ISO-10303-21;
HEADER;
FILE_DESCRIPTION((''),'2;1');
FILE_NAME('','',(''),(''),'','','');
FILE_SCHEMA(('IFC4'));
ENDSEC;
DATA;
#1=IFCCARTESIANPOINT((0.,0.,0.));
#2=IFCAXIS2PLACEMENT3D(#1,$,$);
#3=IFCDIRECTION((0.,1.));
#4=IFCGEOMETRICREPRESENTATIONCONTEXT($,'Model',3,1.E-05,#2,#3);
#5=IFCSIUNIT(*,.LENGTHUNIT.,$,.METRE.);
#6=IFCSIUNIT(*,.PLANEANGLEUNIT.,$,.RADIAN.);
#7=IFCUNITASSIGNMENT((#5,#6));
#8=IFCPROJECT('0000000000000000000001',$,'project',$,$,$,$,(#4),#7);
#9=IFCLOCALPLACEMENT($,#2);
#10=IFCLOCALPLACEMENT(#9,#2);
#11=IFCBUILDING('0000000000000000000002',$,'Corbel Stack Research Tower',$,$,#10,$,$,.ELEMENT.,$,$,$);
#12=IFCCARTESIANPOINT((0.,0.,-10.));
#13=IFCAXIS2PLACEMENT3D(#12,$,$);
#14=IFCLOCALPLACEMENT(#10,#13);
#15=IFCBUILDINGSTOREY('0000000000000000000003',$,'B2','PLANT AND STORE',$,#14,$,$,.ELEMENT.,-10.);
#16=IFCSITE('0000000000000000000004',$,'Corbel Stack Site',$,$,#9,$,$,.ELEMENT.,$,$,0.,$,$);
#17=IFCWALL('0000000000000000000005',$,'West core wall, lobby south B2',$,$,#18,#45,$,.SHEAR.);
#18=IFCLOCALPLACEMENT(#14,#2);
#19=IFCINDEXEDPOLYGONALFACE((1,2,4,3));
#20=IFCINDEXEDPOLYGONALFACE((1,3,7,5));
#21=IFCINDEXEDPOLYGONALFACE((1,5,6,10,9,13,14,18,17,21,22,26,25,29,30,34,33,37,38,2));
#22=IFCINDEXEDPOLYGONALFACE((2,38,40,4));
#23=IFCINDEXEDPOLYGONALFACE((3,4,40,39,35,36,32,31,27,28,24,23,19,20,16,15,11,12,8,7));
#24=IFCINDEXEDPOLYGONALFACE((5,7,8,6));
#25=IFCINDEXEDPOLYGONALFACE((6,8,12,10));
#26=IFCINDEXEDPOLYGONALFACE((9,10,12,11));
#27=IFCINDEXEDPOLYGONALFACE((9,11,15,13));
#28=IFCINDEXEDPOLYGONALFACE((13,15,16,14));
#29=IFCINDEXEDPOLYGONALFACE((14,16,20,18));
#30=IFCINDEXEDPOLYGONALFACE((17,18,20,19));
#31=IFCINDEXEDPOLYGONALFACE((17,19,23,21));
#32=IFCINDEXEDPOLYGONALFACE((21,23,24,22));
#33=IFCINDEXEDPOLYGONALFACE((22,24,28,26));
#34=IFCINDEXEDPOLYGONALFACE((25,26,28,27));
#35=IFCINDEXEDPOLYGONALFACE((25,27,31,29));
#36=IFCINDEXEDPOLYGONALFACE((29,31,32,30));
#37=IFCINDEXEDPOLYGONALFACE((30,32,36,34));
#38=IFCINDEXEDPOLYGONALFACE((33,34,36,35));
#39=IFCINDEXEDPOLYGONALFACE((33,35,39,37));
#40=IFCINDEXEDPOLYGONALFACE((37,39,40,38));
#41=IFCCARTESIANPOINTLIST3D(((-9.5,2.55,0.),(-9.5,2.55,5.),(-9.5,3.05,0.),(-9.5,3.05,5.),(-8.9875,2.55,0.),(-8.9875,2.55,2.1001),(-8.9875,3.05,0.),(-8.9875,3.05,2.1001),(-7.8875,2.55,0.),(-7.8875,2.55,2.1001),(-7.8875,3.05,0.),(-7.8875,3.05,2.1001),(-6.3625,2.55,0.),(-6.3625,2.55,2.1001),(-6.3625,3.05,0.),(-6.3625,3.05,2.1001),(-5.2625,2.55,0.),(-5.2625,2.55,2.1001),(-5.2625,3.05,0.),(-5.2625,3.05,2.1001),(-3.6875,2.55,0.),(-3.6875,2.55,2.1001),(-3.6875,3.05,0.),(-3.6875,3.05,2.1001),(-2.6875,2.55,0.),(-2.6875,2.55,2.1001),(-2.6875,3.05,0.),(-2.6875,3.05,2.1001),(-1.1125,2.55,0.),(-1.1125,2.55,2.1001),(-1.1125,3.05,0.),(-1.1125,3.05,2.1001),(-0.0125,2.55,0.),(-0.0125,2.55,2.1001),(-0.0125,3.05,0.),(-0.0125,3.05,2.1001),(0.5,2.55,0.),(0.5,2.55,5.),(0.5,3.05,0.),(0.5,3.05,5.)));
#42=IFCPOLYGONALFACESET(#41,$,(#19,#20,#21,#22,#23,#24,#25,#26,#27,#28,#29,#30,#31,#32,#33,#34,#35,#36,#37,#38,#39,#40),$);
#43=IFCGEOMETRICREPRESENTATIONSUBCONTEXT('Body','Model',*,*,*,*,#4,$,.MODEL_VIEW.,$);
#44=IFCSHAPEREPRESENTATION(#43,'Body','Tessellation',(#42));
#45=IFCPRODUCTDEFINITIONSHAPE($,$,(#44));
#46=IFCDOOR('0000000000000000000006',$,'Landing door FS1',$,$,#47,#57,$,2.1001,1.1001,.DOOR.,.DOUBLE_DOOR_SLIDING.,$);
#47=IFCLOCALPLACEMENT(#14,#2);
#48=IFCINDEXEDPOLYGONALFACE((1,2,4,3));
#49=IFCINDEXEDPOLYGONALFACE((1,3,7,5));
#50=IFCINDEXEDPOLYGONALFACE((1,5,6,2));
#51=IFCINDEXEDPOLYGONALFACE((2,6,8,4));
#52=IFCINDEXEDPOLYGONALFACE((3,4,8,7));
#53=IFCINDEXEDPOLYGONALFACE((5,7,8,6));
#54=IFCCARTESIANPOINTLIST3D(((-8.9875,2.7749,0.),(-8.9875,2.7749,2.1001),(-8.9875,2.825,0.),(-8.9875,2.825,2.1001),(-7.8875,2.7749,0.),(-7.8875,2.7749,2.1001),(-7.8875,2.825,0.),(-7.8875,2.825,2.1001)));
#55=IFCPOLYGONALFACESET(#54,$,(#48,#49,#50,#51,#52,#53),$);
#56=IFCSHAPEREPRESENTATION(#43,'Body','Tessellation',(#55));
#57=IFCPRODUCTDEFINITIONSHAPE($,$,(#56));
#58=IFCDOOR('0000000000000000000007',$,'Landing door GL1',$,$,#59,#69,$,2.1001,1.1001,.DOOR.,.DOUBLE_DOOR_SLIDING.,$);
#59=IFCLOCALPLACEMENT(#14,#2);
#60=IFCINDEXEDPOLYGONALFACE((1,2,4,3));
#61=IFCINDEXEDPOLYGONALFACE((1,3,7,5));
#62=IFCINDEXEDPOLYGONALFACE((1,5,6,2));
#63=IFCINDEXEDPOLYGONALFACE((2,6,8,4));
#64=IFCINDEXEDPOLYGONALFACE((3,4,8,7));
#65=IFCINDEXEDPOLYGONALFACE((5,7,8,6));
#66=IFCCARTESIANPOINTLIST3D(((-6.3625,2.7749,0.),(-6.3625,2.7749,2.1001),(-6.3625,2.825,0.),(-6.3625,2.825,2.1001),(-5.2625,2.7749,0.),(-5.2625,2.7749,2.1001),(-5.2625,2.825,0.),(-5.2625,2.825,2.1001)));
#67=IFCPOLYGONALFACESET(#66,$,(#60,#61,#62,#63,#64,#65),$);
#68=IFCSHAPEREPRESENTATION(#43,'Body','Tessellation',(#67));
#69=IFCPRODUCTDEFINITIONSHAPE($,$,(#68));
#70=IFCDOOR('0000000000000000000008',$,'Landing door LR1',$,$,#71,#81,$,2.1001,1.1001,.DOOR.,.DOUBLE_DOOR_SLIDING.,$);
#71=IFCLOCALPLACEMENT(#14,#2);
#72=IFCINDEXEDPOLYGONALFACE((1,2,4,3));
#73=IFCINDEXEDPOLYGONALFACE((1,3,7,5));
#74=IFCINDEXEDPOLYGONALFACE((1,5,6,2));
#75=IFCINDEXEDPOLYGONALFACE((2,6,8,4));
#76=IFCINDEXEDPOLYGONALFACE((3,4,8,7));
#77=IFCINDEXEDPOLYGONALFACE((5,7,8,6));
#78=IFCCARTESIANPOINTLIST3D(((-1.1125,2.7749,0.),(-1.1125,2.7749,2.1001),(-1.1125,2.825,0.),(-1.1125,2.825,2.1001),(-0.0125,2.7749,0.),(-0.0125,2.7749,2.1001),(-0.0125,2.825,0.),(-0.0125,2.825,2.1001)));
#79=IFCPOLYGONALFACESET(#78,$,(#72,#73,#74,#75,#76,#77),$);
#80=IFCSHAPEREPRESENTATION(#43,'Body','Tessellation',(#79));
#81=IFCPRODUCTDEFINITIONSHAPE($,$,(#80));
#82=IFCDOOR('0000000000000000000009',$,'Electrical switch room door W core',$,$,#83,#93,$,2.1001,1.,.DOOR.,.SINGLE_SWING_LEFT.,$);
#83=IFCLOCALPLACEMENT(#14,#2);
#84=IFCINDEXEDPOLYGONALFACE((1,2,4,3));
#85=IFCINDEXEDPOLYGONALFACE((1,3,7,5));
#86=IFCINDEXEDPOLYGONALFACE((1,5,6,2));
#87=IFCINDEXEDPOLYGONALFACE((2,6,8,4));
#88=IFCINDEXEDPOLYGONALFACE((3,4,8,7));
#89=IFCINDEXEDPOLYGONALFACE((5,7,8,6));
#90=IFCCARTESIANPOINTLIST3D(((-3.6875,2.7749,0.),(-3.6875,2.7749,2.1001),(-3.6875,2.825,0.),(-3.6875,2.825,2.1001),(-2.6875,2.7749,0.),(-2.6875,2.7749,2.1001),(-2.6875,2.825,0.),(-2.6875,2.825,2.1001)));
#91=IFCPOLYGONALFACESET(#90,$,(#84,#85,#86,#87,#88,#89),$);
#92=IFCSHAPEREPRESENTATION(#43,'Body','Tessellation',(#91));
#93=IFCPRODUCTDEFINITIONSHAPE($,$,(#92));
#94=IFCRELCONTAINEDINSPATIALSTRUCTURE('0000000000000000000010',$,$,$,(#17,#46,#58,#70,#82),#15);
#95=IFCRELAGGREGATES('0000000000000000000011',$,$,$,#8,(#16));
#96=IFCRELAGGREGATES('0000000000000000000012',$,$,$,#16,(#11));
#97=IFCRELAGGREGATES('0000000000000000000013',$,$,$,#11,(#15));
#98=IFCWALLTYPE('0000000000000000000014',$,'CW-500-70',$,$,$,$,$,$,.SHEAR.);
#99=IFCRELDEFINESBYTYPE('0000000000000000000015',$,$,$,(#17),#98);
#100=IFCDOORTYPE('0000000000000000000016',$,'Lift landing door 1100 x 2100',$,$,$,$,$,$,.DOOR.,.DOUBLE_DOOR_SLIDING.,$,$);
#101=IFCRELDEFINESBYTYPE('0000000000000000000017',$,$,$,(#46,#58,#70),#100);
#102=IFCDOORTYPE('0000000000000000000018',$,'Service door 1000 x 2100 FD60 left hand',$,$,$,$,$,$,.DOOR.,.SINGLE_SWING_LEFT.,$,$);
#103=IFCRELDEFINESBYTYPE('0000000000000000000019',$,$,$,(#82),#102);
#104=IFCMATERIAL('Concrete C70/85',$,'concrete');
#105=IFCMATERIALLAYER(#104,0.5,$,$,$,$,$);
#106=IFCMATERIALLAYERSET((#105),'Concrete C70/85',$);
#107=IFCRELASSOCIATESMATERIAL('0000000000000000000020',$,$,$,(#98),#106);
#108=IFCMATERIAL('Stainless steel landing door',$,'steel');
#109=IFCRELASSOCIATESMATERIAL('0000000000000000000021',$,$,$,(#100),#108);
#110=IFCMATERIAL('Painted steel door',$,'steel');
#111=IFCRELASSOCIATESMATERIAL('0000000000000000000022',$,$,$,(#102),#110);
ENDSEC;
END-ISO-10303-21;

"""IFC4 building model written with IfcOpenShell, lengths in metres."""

from ifc_helpers import new_model, si_unit, direction, frame, frame_2d, origin, place, context, subcontext, project, spatial, rectangle, extrude, material, layer, layer_set, type_object, element, fill, save


model = new_model("IFC4")

# Units and contexts
model_context = context("Model", 3, precision=1e-05, world=origin(), true_north=direction((0.0, 1.0)))
body_context = subcontext(model_context, "Body", "Model", "MODEL_VIEW")
ifc_project = project(units=[si_unit("LENGTHUNIT", "METRE"), si_unit("PLANEANGLEUNIT", "RADIAN")], contexts=[model_context])

# Site, building, storey
site_placement = place(None, origin())
site = spatial("IfcSite", under=ifc_project, at=site_placement, Name="Corbel Stack Site", CompositionType="ELEMENT", RefElevation=0.0)
building_placement = place(site_placement, origin())
building = spatial("IfcBuilding", under=site, at=building_placement, Name="Corbel Stack Research Tower", CompositionType="ELEMENT")
storey_placement = place(building_placement, frame((0.0, 0.0, -10.0)))
storey = spatial("IfcBuildingStorey", under=building, at=storey_placement, Name="B2", Description="PLANT AND STORE", CompositionType="ELEMENT", Elevation=-10.0)

# Wall, openings, doors
ifc_material_1 = material(Name="Concrete C70/85", Category="concrete")
ifc_layer = layer(ifc_material_1, 0.5)
ifc_layer_set = layer_set([ifc_layer], Name="Concrete C70/85")
wall_type = type_object("IfcWallType", Name="CW-500-70", PredefinedType="SHEAR", material=ifc_layer_set)
wall_1_placement = place(storey_placement, frame((-9.5, 2.8, 0.0), z_axis=(0.0, 0.0, 1.0), x_axis=(1.0, 0.0, 0.0)))
wall_1 = element("IfcWall", 1, at=wall_1_placement, inside=storey, type_object=wall_type, Name="West core wall, lobby south B2", PredefinedType="SHEAR", context=body_context, shape_type="SweptSolid", body=[
    extrude(rectangle(XDim=10.0, YDim=0.5, at=frame_2d((5.0, 0.0))), origin(), (0.0, 0.0, 1.0), 5.0),
])
opening_1_placement = place(wall_1_placement, frame((0.5125, 0.0, 0.0)))
opening_1 = element("IfcOpeningElement", 2, at=opening_1_placement, cuts=wall_1, PredefinedType="OPENING", context=body_context, shape_type="SweptSolid", body=[
    extrude(rectangle(XDim=1.1001, YDim=2.1001, at=frame_2d((0.55, 1.05))), frame((0.0, 0.26, 0.0), z_axis=(0.0, -1.0, 0.0), x_axis=(1.0, 0.0, 0.0)), (0.0, 0.0, 1.0), 0.52),
])
opening_2_placement = place(wall_1_placement, frame((3.1375, 0.0, 0.0)))
opening_2 = element("IfcOpeningElement", 3, at=opening_2_placement, cuts=wall_1, PredefinedType="OPENING", context=body_context, shape_type="SweptSolid", body=[
    extrude(rectangle(XDim=1.1001, YDim=2.1001, at=frame_2d((0.55, 1.05))), frame((0.0, 0.26, 0.0), z_axis=(0.0, -1.0, 0.0), x_axis=(1.0, 0.0, 0.0)), (0.0, 0.0, 1.0), 0.52),
])
opening_3_placement = place(wall_1_placement, frame((8.3875, 0.0, 0.0)))
opening_3 = element("IfcOpeningElement", 4, at=opening_3_placement, cuts=wall_1, PredefinedType="OPENING", context=body_context, shape_type="SweptSolid", body=[
    extrude(rectangle(XDim=1.1001, YDim=2.1001, at=frame_2d((0.55, 1.05))), frame((0.0, 0.26, 0.0), z_axis=(0.0, -1.0, 0.0), x_axis=(1.0, 0.0, 0.0)), (0.0, 0.0, 1.0), 0.52),
])
opening_4_placement = place(wall_1_placement, frame((5.8125, 0.0, 0.0)))
opening_4 = element("IfcOpeningElement", 5, at=opening_4_placement, cuts=wall_1, PredefinedType="OPENING", context=body_context, shape_type="SweptSolid", body=[
    extrude(rectangle(XDim=1.0, YDim=2.1001, at=frame_2d((0.5, 1.05))), frame((0.0, 0.26, 0.0), z_axis=(0.0, -1.0, 0.0), x_axis=(1.0, 0.0, 0.0)), (0.0, 0.0, 1.0), 0.52),
])
ifc_material_2 = material(Name="Stainless steel landing door", Category="steel")
door_type_1 = type_object("IfcDoorType", Name="Lift landing door 1100 x 2100", OperationType="DOUBLE_DOOR_SLIDING", PredefinedType="DOOR", material=ifc_material_2)
door_1_placement = place(opening_1_placement, origin())
door_1 = element("IfcDoor", 6, at=door_1_placement, inside=storey, type_object=door_type_1, Name="Landing door FS1", OperationType="DOUBLE_DOOR_SLIDING", OverallHeight=2.1001, OverallWidth=1.1001, PredefinedType="DOOR", context=body_context, shape_type="SweptSolid", body=[
    extrude(rectangle(XDim=1.1001, YDim=2.1001, at=frame_2d((0.55, 1.05))), frame((0.0, 0.0249, 0.0), z_axis=(0.0, -1.0, 0.0), x_axis=(1.0, 0.0, 0.0)), (0.0, 0.0, 1.0), 0.05),
])
fill(opening_1, door_1)
door_2_placement = place(opening_2_placement, origin())
door_2 = element("IfcDoor", 7, at=door_2_placement, inside=storey, type_object=door_type_1, Name="Landing door GL1", OperationType="DOUBLE_DOOR_SLIDING", OverallHeight=2.1001, OverallWidth=1.1001, PredefinedType="DOOR", context=body_context, shape_type="SweptSolid", body=[
    extrude(rectangle(XDim=1.1001, YDim=2.1001, at=frame_2d((0.55, 1.05))), frame((0.0, 0.0249, 0.0), z_axis=(0.0, -1.0, 0.0), x_axis=(1.0, 0.0, 0.0)), (0.0, 0.0, 1.0), 0.05),
])
fill(opening_2, door_2)
door_3_placement = place(opening_3_placement, origin())
door_3 = element("IfcDoor", 8, at=door_3_placement, inside=storey, type_object=door_type_1, Name="Landing door LR1", OperationType="DOUBLE_DOOR_SLIDING", OverallHeight=2.1001, OverallWidth=1.1001, PredefinedType="DOOR", context=body_context, shape_type="SweptSolid", body=[
    extrude(rectangle(XDim=1.1001, YDim=2.1001, at=frame_2d((0.55, 1.05))), frame((0.0, 0.0249, 0.0), z_axis=(0.0, -1.0, 0.0), x_axis=(1.0, 0.0, 0.0)), (0.0, 0.0, 1.0), 0.05),
])
fill(opening_3, door_3)
ifc_material_3 = material(Name="Painted steel door", Category="steel")
door_type_2 = type_object("IfcDoorType", Name="Service door 1000 x 2100 FD60 left hand", OperationType="SINGLE_SWING_LEFT", PredefinedType="DOOR", material=ifc_material_3)
door_4_placement = place(opening_4_placement, origin())
door_4 = element("IfcDoor", 9, at=door_4_placement, inside=storey, type_object=door_type_2, Name="Electrical switch room door W core", OperationType="SINGLE_SWING_LEFT", OverallHeight=2.1001, OverallWidth=1.0, PredefinedType="DOOR", context=body_context, shape_type="SweptSolid", body=[
    extrude(rectangle(XDim=1.0, YDim=2.1001, at=frame_2d((0.5, 1.05))), frame((0.0, 0.0249, 0.0), z_axis=(0.0, -1.0, 0.0), x_axis=(1.0, 0.0, 0.0)), (0.0, 0.0, 1.0), 0.05),
])
fill(opening_4, door_4)

save(model, "model.ifc")
